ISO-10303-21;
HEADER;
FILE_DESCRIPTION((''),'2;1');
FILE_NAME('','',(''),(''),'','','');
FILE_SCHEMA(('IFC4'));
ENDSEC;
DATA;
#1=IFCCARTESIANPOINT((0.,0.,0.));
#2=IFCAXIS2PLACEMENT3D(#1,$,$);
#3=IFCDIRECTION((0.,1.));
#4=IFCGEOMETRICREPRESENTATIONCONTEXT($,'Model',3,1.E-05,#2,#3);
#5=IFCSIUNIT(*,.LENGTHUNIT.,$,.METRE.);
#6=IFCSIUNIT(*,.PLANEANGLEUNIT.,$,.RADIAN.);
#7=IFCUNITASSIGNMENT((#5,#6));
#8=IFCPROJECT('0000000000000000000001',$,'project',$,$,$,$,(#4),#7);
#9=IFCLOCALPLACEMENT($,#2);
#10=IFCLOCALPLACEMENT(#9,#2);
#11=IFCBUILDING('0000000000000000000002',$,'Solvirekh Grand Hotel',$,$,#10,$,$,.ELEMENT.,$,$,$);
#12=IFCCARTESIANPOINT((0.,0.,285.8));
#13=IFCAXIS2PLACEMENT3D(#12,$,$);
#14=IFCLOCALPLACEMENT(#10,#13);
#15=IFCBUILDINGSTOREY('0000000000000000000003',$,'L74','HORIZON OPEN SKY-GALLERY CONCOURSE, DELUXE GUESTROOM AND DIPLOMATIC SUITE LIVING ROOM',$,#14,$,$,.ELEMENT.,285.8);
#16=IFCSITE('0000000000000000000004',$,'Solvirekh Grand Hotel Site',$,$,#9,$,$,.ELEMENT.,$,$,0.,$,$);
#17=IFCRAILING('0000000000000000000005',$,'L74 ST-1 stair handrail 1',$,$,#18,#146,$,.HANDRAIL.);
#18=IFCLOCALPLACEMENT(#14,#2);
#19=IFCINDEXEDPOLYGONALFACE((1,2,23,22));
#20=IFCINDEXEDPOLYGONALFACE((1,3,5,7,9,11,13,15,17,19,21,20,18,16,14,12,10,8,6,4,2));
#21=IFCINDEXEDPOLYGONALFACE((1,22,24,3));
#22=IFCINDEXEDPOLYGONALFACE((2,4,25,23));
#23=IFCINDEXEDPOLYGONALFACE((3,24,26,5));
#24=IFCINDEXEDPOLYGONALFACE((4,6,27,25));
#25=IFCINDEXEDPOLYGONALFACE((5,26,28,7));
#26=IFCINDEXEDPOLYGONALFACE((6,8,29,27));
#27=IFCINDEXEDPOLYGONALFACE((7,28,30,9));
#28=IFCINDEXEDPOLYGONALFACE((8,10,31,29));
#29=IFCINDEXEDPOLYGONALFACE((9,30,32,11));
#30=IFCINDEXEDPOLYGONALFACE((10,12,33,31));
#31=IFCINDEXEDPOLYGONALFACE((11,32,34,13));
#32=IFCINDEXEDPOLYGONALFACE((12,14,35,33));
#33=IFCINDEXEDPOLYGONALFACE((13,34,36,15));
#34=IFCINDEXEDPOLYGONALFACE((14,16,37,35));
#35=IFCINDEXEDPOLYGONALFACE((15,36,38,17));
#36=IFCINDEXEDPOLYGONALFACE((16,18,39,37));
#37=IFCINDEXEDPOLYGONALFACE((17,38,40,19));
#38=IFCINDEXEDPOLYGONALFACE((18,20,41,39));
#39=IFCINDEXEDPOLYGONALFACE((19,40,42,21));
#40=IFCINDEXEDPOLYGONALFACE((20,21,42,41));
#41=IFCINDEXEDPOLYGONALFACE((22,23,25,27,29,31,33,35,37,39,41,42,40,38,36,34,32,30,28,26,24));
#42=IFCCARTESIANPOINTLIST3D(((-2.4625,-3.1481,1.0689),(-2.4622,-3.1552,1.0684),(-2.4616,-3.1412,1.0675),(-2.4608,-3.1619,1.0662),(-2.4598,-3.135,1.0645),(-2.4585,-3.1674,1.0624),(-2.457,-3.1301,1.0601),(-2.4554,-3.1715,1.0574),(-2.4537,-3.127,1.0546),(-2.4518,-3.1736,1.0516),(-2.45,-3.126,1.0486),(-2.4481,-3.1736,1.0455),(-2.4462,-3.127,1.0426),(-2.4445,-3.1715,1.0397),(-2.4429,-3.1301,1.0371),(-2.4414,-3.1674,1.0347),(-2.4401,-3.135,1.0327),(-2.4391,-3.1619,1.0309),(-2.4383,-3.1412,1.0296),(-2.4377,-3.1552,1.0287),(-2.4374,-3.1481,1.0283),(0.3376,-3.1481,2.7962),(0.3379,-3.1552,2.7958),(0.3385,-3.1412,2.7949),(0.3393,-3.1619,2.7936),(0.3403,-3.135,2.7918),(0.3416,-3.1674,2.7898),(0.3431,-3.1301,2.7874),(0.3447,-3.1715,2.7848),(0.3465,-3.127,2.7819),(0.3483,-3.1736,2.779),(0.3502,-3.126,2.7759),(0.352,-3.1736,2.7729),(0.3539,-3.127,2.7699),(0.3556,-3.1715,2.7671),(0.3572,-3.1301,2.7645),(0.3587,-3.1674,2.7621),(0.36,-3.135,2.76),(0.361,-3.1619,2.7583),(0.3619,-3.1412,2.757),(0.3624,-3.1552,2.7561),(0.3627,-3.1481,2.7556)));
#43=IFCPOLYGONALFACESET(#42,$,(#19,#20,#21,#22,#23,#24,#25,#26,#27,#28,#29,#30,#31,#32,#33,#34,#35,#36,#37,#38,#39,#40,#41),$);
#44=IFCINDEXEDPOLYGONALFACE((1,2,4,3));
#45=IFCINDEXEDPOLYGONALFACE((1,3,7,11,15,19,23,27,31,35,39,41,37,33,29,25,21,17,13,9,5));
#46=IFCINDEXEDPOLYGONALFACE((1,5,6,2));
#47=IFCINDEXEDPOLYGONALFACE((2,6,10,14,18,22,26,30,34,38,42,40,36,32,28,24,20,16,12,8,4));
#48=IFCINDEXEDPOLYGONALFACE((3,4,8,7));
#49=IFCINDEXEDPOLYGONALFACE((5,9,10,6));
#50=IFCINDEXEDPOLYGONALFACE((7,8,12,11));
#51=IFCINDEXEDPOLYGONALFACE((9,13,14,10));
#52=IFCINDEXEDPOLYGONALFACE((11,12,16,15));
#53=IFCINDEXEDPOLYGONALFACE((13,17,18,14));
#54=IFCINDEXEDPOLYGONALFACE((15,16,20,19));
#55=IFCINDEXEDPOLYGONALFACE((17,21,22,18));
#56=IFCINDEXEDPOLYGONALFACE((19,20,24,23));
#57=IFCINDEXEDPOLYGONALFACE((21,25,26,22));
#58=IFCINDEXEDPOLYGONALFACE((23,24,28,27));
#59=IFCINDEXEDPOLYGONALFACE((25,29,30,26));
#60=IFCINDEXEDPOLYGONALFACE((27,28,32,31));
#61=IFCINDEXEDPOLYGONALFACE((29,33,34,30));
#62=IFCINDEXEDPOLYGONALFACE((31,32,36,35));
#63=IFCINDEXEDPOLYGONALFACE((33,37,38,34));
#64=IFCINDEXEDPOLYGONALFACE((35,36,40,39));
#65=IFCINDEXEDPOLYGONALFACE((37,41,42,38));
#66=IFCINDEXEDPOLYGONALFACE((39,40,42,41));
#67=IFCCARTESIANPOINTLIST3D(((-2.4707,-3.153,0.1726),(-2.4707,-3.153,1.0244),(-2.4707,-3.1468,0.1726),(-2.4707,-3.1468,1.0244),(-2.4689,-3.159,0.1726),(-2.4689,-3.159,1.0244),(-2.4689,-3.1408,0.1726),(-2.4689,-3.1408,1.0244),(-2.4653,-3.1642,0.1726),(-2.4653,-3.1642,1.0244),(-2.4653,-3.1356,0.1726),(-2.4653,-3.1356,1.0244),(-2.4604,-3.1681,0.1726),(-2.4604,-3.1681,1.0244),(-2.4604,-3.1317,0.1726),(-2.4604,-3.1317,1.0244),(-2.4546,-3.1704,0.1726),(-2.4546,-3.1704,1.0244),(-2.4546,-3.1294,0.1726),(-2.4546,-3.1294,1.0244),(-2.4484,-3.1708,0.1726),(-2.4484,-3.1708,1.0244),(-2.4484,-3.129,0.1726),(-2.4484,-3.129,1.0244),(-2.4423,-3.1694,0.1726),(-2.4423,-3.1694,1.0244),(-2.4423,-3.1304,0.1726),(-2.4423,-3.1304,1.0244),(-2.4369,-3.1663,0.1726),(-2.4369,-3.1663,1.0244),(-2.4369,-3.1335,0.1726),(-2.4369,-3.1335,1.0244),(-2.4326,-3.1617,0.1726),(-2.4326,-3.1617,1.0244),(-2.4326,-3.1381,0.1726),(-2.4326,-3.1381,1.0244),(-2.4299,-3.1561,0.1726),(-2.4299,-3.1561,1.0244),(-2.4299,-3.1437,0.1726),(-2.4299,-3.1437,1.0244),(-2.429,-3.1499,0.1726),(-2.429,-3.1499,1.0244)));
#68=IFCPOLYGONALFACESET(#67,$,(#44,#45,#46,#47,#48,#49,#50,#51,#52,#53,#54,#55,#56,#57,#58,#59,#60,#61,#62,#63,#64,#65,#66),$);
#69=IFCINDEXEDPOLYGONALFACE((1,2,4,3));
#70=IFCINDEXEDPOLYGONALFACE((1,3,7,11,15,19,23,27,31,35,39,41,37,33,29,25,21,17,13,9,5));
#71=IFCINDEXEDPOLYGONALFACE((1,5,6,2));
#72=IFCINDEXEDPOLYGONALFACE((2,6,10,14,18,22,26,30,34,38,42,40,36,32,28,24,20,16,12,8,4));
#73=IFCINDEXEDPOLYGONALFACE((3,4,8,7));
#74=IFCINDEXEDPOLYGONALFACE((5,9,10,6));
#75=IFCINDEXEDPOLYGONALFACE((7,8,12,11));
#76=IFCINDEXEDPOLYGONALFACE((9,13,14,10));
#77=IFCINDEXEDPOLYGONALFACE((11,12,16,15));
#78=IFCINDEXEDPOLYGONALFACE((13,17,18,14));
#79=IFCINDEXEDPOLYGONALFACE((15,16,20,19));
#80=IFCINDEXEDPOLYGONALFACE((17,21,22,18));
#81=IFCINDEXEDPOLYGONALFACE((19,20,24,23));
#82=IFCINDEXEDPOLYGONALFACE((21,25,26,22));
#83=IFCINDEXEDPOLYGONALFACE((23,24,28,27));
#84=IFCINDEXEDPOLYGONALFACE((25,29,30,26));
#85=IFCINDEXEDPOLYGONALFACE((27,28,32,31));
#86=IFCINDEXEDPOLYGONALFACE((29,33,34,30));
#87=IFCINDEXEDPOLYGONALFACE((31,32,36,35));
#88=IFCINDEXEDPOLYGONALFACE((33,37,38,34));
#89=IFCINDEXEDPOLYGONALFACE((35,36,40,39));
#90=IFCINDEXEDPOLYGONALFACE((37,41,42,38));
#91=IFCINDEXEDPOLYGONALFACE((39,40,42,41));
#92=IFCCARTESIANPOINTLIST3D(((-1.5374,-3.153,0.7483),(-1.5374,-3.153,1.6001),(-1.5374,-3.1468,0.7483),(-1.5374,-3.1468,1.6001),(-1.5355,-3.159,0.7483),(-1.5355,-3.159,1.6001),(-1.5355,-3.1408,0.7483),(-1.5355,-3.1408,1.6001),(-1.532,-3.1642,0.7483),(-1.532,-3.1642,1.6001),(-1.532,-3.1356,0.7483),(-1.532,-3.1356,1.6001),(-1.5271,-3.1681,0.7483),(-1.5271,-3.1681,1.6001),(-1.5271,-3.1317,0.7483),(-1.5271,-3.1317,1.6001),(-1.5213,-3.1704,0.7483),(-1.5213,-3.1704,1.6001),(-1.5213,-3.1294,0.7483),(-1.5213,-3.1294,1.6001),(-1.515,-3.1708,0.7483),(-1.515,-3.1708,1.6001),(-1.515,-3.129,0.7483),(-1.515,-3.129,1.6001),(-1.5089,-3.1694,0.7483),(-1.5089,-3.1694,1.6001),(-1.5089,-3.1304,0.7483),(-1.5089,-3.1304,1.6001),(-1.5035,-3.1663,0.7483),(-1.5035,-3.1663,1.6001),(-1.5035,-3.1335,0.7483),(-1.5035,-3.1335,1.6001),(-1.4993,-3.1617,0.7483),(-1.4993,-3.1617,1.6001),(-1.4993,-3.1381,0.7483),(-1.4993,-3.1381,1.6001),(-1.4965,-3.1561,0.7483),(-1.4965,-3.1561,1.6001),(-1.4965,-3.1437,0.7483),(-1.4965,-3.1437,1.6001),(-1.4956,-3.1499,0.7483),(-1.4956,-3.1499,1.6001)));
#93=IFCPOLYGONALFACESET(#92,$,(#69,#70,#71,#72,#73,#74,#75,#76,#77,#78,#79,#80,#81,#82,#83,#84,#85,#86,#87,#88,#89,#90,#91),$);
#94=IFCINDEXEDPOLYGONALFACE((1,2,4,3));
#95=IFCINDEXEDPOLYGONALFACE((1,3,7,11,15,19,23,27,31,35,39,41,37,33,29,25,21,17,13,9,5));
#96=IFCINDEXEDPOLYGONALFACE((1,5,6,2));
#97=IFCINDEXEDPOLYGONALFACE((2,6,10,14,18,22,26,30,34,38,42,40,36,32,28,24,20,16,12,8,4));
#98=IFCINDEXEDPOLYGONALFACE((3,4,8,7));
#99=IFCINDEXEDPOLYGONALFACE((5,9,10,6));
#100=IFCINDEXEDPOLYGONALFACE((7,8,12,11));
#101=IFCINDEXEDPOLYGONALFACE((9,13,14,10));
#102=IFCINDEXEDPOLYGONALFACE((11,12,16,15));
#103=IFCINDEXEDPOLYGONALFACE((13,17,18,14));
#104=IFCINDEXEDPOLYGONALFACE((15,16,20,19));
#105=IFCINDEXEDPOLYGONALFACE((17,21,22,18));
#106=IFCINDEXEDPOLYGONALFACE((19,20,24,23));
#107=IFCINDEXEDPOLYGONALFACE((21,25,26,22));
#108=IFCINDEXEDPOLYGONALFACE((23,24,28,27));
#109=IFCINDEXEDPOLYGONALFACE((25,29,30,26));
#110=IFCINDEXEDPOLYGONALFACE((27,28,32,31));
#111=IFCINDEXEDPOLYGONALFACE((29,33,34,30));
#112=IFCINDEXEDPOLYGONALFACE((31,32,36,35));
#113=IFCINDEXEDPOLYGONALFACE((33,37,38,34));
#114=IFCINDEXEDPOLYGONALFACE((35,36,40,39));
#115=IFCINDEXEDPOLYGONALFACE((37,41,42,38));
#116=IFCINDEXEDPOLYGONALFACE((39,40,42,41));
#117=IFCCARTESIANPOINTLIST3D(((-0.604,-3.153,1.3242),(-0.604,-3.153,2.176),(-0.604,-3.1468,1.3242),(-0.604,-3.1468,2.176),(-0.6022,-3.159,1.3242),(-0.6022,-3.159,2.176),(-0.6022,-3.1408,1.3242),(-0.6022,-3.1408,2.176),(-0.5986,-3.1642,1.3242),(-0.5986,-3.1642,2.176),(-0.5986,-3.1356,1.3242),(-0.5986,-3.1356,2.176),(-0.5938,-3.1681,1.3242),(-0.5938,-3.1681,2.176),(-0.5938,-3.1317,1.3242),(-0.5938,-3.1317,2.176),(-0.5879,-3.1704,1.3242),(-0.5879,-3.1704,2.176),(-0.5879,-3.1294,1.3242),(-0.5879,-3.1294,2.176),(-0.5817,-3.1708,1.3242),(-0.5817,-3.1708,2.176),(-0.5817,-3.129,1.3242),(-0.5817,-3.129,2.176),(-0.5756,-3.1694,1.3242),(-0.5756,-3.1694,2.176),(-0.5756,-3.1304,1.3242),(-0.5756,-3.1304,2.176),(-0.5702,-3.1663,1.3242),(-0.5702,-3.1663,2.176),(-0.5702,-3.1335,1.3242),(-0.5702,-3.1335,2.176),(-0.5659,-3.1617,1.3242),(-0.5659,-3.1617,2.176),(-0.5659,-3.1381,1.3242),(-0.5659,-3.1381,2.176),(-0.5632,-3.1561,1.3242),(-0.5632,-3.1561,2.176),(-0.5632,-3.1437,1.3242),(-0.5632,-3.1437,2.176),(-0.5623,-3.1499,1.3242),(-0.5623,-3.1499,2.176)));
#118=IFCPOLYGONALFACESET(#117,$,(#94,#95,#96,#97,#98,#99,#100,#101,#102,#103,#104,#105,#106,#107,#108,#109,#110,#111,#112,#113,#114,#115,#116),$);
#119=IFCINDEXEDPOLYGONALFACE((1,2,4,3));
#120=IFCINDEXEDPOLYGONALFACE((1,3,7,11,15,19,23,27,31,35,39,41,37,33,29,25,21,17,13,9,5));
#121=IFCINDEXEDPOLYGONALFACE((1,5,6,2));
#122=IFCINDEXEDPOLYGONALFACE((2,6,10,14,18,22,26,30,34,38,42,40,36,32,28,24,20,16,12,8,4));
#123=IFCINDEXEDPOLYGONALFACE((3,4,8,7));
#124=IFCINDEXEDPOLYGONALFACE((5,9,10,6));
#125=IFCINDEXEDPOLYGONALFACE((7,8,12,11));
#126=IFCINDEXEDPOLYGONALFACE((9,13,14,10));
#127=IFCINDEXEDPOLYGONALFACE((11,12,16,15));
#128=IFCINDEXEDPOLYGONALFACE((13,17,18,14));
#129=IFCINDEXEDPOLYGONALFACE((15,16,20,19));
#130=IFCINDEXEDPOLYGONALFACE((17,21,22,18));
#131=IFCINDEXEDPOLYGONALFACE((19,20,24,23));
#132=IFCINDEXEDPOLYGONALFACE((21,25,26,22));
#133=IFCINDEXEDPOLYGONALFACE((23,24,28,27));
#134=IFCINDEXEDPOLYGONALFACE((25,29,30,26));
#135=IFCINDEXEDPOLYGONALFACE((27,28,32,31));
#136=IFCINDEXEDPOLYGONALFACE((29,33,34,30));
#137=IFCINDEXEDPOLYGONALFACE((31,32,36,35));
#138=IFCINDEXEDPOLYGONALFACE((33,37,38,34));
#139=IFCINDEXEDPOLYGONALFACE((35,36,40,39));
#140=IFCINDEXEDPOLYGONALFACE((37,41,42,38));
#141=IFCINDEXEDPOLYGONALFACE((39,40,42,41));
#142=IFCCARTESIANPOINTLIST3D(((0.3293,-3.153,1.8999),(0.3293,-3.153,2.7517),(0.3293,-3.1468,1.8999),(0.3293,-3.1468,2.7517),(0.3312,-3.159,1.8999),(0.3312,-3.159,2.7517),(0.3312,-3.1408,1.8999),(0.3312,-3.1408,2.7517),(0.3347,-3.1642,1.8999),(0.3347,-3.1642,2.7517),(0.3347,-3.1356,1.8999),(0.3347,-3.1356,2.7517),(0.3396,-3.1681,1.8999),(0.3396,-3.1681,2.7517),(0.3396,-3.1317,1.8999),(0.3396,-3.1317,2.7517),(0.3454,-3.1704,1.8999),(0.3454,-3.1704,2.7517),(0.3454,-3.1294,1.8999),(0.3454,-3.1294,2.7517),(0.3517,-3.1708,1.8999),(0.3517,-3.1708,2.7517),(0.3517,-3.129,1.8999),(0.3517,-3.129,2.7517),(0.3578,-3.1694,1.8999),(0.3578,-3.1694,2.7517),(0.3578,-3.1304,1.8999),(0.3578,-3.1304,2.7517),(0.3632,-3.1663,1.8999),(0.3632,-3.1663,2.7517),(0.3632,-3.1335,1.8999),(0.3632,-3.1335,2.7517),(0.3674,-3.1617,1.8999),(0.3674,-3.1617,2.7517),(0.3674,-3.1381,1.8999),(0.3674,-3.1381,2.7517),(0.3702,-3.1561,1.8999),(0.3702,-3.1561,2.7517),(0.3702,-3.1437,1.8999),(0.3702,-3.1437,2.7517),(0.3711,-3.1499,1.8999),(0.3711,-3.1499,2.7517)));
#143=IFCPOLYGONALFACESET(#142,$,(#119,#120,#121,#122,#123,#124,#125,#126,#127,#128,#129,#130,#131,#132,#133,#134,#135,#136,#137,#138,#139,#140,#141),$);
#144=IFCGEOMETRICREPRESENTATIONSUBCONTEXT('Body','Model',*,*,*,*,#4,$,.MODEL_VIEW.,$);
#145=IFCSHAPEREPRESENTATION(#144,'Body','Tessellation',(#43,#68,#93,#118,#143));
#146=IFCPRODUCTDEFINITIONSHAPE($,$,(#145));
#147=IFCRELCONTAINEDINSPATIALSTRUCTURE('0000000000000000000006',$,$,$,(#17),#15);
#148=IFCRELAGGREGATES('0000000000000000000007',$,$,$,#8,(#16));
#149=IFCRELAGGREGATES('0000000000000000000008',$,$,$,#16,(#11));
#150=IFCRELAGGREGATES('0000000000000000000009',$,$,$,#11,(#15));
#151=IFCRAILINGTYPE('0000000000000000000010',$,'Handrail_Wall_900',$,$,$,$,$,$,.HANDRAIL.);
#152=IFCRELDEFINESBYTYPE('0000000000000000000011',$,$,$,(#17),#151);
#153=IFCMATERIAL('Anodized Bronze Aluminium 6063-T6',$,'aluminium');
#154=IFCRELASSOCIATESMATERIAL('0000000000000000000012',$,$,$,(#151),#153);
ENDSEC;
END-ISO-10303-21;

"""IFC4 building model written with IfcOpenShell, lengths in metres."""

from ifc_helpers import new_model, si_unit, direction, frame, origin, origin_2d, place, context, subcontext, project, spatial, circle, extrude, material, type_object, element, save


model = new_model("IFC4")

# Units and contexts
model_context = context("Model", 3, precision=1e-05, world=origin(), true_north=direction((0.0, 1.0)))
body_context = subcontext(model_context, "Body", "Model", "MODEL_VIEW")
ifc_project = project(units=[si_unit("LENGTHUNIT", "METRE"), si_unit("PLANEANGLEUNIT", "RADIAN")], contexts=[model_context])

# Site, building, storey
site_placement = place(None, origin())
site = spatial("IfcSite", under=ifc_project, at=site_placement, Name="Solvirekh Grand Hotel Site", CompositionType="ELEMENT", RefElevation=0.0)
building_placement = place(site_placement, origin())
building = spatial("IfcBuilding", under=site, at=building_placement, Name="Solvirekh Grand Hotel", CompositionType="ELEMENT")
storey_placement = place(building_placement, frame((0.0, 0.0, 285.8)))
storey = spatial("IfcBuildingStorey", under=building, at=storey_placement, Name="L74", Description="HORIZON OPEN SKY-GALLERY CONCOURSE, DELUXE GUESTROOM AND DIPLOMATIC SUITE LIVING ROOM", CompositionType="ELEMENT", Elevation=285.8)

# Shared definitions
ifc_material_1 = material(Name="Anodized Bronze Aluminium 6063-T6", Category="aluminium")

# Railing
railing_type_1 = type_object("IfcRailingType", Name="Handrail_Wall_900", PredefinedType="HANDRAIL", material=ifc_material_1)
railing_1_placement = place(storey_placement, frame((-2.45, -3.1499, 0.1726)))
element("IfcRailing", 1, at=railing_1_placement, inside=storey, type_object=railing_type_1, Name="L74 ST-1 stair handrail 1", PredefinedType="HANDRAIL", context=body_context, shape_type="SweptSolid", body=[
    extrude(circle(Radius=0.0239, at=origin_2d()), frame((0.0, 0.0, 0.876), z_axis=(0.85109, 0.0, 0.52502), x_axis=(0.0, 1.0, 0.0)), (0.0, 0.0, 1.0), 3.29),
    extrude(circle(Radius=0.021, at=origin_2d()), origin(), (0.0, 0.0, 1.0), 0.8518),
    extrude(circle(Radius=0.021, at=origin_2d()), frame((0.9333, 0.0, 0.5757)), (0.0, 0.0, 1.0), 0.8518),
    extrude(circle(Radius=0.021, at=origin_2d()), frame((1.8667, 0.0, 1.1516)), (0.0, 0.0, 1.0), 0.8518),
    extrude(circle(Radius=0.021, at=origin_2d()), frame((2.8, 0.0, 1.7273)), (0.0, 0.0, 1.0), 0.8518),
])

save(model, "model.ifc")
